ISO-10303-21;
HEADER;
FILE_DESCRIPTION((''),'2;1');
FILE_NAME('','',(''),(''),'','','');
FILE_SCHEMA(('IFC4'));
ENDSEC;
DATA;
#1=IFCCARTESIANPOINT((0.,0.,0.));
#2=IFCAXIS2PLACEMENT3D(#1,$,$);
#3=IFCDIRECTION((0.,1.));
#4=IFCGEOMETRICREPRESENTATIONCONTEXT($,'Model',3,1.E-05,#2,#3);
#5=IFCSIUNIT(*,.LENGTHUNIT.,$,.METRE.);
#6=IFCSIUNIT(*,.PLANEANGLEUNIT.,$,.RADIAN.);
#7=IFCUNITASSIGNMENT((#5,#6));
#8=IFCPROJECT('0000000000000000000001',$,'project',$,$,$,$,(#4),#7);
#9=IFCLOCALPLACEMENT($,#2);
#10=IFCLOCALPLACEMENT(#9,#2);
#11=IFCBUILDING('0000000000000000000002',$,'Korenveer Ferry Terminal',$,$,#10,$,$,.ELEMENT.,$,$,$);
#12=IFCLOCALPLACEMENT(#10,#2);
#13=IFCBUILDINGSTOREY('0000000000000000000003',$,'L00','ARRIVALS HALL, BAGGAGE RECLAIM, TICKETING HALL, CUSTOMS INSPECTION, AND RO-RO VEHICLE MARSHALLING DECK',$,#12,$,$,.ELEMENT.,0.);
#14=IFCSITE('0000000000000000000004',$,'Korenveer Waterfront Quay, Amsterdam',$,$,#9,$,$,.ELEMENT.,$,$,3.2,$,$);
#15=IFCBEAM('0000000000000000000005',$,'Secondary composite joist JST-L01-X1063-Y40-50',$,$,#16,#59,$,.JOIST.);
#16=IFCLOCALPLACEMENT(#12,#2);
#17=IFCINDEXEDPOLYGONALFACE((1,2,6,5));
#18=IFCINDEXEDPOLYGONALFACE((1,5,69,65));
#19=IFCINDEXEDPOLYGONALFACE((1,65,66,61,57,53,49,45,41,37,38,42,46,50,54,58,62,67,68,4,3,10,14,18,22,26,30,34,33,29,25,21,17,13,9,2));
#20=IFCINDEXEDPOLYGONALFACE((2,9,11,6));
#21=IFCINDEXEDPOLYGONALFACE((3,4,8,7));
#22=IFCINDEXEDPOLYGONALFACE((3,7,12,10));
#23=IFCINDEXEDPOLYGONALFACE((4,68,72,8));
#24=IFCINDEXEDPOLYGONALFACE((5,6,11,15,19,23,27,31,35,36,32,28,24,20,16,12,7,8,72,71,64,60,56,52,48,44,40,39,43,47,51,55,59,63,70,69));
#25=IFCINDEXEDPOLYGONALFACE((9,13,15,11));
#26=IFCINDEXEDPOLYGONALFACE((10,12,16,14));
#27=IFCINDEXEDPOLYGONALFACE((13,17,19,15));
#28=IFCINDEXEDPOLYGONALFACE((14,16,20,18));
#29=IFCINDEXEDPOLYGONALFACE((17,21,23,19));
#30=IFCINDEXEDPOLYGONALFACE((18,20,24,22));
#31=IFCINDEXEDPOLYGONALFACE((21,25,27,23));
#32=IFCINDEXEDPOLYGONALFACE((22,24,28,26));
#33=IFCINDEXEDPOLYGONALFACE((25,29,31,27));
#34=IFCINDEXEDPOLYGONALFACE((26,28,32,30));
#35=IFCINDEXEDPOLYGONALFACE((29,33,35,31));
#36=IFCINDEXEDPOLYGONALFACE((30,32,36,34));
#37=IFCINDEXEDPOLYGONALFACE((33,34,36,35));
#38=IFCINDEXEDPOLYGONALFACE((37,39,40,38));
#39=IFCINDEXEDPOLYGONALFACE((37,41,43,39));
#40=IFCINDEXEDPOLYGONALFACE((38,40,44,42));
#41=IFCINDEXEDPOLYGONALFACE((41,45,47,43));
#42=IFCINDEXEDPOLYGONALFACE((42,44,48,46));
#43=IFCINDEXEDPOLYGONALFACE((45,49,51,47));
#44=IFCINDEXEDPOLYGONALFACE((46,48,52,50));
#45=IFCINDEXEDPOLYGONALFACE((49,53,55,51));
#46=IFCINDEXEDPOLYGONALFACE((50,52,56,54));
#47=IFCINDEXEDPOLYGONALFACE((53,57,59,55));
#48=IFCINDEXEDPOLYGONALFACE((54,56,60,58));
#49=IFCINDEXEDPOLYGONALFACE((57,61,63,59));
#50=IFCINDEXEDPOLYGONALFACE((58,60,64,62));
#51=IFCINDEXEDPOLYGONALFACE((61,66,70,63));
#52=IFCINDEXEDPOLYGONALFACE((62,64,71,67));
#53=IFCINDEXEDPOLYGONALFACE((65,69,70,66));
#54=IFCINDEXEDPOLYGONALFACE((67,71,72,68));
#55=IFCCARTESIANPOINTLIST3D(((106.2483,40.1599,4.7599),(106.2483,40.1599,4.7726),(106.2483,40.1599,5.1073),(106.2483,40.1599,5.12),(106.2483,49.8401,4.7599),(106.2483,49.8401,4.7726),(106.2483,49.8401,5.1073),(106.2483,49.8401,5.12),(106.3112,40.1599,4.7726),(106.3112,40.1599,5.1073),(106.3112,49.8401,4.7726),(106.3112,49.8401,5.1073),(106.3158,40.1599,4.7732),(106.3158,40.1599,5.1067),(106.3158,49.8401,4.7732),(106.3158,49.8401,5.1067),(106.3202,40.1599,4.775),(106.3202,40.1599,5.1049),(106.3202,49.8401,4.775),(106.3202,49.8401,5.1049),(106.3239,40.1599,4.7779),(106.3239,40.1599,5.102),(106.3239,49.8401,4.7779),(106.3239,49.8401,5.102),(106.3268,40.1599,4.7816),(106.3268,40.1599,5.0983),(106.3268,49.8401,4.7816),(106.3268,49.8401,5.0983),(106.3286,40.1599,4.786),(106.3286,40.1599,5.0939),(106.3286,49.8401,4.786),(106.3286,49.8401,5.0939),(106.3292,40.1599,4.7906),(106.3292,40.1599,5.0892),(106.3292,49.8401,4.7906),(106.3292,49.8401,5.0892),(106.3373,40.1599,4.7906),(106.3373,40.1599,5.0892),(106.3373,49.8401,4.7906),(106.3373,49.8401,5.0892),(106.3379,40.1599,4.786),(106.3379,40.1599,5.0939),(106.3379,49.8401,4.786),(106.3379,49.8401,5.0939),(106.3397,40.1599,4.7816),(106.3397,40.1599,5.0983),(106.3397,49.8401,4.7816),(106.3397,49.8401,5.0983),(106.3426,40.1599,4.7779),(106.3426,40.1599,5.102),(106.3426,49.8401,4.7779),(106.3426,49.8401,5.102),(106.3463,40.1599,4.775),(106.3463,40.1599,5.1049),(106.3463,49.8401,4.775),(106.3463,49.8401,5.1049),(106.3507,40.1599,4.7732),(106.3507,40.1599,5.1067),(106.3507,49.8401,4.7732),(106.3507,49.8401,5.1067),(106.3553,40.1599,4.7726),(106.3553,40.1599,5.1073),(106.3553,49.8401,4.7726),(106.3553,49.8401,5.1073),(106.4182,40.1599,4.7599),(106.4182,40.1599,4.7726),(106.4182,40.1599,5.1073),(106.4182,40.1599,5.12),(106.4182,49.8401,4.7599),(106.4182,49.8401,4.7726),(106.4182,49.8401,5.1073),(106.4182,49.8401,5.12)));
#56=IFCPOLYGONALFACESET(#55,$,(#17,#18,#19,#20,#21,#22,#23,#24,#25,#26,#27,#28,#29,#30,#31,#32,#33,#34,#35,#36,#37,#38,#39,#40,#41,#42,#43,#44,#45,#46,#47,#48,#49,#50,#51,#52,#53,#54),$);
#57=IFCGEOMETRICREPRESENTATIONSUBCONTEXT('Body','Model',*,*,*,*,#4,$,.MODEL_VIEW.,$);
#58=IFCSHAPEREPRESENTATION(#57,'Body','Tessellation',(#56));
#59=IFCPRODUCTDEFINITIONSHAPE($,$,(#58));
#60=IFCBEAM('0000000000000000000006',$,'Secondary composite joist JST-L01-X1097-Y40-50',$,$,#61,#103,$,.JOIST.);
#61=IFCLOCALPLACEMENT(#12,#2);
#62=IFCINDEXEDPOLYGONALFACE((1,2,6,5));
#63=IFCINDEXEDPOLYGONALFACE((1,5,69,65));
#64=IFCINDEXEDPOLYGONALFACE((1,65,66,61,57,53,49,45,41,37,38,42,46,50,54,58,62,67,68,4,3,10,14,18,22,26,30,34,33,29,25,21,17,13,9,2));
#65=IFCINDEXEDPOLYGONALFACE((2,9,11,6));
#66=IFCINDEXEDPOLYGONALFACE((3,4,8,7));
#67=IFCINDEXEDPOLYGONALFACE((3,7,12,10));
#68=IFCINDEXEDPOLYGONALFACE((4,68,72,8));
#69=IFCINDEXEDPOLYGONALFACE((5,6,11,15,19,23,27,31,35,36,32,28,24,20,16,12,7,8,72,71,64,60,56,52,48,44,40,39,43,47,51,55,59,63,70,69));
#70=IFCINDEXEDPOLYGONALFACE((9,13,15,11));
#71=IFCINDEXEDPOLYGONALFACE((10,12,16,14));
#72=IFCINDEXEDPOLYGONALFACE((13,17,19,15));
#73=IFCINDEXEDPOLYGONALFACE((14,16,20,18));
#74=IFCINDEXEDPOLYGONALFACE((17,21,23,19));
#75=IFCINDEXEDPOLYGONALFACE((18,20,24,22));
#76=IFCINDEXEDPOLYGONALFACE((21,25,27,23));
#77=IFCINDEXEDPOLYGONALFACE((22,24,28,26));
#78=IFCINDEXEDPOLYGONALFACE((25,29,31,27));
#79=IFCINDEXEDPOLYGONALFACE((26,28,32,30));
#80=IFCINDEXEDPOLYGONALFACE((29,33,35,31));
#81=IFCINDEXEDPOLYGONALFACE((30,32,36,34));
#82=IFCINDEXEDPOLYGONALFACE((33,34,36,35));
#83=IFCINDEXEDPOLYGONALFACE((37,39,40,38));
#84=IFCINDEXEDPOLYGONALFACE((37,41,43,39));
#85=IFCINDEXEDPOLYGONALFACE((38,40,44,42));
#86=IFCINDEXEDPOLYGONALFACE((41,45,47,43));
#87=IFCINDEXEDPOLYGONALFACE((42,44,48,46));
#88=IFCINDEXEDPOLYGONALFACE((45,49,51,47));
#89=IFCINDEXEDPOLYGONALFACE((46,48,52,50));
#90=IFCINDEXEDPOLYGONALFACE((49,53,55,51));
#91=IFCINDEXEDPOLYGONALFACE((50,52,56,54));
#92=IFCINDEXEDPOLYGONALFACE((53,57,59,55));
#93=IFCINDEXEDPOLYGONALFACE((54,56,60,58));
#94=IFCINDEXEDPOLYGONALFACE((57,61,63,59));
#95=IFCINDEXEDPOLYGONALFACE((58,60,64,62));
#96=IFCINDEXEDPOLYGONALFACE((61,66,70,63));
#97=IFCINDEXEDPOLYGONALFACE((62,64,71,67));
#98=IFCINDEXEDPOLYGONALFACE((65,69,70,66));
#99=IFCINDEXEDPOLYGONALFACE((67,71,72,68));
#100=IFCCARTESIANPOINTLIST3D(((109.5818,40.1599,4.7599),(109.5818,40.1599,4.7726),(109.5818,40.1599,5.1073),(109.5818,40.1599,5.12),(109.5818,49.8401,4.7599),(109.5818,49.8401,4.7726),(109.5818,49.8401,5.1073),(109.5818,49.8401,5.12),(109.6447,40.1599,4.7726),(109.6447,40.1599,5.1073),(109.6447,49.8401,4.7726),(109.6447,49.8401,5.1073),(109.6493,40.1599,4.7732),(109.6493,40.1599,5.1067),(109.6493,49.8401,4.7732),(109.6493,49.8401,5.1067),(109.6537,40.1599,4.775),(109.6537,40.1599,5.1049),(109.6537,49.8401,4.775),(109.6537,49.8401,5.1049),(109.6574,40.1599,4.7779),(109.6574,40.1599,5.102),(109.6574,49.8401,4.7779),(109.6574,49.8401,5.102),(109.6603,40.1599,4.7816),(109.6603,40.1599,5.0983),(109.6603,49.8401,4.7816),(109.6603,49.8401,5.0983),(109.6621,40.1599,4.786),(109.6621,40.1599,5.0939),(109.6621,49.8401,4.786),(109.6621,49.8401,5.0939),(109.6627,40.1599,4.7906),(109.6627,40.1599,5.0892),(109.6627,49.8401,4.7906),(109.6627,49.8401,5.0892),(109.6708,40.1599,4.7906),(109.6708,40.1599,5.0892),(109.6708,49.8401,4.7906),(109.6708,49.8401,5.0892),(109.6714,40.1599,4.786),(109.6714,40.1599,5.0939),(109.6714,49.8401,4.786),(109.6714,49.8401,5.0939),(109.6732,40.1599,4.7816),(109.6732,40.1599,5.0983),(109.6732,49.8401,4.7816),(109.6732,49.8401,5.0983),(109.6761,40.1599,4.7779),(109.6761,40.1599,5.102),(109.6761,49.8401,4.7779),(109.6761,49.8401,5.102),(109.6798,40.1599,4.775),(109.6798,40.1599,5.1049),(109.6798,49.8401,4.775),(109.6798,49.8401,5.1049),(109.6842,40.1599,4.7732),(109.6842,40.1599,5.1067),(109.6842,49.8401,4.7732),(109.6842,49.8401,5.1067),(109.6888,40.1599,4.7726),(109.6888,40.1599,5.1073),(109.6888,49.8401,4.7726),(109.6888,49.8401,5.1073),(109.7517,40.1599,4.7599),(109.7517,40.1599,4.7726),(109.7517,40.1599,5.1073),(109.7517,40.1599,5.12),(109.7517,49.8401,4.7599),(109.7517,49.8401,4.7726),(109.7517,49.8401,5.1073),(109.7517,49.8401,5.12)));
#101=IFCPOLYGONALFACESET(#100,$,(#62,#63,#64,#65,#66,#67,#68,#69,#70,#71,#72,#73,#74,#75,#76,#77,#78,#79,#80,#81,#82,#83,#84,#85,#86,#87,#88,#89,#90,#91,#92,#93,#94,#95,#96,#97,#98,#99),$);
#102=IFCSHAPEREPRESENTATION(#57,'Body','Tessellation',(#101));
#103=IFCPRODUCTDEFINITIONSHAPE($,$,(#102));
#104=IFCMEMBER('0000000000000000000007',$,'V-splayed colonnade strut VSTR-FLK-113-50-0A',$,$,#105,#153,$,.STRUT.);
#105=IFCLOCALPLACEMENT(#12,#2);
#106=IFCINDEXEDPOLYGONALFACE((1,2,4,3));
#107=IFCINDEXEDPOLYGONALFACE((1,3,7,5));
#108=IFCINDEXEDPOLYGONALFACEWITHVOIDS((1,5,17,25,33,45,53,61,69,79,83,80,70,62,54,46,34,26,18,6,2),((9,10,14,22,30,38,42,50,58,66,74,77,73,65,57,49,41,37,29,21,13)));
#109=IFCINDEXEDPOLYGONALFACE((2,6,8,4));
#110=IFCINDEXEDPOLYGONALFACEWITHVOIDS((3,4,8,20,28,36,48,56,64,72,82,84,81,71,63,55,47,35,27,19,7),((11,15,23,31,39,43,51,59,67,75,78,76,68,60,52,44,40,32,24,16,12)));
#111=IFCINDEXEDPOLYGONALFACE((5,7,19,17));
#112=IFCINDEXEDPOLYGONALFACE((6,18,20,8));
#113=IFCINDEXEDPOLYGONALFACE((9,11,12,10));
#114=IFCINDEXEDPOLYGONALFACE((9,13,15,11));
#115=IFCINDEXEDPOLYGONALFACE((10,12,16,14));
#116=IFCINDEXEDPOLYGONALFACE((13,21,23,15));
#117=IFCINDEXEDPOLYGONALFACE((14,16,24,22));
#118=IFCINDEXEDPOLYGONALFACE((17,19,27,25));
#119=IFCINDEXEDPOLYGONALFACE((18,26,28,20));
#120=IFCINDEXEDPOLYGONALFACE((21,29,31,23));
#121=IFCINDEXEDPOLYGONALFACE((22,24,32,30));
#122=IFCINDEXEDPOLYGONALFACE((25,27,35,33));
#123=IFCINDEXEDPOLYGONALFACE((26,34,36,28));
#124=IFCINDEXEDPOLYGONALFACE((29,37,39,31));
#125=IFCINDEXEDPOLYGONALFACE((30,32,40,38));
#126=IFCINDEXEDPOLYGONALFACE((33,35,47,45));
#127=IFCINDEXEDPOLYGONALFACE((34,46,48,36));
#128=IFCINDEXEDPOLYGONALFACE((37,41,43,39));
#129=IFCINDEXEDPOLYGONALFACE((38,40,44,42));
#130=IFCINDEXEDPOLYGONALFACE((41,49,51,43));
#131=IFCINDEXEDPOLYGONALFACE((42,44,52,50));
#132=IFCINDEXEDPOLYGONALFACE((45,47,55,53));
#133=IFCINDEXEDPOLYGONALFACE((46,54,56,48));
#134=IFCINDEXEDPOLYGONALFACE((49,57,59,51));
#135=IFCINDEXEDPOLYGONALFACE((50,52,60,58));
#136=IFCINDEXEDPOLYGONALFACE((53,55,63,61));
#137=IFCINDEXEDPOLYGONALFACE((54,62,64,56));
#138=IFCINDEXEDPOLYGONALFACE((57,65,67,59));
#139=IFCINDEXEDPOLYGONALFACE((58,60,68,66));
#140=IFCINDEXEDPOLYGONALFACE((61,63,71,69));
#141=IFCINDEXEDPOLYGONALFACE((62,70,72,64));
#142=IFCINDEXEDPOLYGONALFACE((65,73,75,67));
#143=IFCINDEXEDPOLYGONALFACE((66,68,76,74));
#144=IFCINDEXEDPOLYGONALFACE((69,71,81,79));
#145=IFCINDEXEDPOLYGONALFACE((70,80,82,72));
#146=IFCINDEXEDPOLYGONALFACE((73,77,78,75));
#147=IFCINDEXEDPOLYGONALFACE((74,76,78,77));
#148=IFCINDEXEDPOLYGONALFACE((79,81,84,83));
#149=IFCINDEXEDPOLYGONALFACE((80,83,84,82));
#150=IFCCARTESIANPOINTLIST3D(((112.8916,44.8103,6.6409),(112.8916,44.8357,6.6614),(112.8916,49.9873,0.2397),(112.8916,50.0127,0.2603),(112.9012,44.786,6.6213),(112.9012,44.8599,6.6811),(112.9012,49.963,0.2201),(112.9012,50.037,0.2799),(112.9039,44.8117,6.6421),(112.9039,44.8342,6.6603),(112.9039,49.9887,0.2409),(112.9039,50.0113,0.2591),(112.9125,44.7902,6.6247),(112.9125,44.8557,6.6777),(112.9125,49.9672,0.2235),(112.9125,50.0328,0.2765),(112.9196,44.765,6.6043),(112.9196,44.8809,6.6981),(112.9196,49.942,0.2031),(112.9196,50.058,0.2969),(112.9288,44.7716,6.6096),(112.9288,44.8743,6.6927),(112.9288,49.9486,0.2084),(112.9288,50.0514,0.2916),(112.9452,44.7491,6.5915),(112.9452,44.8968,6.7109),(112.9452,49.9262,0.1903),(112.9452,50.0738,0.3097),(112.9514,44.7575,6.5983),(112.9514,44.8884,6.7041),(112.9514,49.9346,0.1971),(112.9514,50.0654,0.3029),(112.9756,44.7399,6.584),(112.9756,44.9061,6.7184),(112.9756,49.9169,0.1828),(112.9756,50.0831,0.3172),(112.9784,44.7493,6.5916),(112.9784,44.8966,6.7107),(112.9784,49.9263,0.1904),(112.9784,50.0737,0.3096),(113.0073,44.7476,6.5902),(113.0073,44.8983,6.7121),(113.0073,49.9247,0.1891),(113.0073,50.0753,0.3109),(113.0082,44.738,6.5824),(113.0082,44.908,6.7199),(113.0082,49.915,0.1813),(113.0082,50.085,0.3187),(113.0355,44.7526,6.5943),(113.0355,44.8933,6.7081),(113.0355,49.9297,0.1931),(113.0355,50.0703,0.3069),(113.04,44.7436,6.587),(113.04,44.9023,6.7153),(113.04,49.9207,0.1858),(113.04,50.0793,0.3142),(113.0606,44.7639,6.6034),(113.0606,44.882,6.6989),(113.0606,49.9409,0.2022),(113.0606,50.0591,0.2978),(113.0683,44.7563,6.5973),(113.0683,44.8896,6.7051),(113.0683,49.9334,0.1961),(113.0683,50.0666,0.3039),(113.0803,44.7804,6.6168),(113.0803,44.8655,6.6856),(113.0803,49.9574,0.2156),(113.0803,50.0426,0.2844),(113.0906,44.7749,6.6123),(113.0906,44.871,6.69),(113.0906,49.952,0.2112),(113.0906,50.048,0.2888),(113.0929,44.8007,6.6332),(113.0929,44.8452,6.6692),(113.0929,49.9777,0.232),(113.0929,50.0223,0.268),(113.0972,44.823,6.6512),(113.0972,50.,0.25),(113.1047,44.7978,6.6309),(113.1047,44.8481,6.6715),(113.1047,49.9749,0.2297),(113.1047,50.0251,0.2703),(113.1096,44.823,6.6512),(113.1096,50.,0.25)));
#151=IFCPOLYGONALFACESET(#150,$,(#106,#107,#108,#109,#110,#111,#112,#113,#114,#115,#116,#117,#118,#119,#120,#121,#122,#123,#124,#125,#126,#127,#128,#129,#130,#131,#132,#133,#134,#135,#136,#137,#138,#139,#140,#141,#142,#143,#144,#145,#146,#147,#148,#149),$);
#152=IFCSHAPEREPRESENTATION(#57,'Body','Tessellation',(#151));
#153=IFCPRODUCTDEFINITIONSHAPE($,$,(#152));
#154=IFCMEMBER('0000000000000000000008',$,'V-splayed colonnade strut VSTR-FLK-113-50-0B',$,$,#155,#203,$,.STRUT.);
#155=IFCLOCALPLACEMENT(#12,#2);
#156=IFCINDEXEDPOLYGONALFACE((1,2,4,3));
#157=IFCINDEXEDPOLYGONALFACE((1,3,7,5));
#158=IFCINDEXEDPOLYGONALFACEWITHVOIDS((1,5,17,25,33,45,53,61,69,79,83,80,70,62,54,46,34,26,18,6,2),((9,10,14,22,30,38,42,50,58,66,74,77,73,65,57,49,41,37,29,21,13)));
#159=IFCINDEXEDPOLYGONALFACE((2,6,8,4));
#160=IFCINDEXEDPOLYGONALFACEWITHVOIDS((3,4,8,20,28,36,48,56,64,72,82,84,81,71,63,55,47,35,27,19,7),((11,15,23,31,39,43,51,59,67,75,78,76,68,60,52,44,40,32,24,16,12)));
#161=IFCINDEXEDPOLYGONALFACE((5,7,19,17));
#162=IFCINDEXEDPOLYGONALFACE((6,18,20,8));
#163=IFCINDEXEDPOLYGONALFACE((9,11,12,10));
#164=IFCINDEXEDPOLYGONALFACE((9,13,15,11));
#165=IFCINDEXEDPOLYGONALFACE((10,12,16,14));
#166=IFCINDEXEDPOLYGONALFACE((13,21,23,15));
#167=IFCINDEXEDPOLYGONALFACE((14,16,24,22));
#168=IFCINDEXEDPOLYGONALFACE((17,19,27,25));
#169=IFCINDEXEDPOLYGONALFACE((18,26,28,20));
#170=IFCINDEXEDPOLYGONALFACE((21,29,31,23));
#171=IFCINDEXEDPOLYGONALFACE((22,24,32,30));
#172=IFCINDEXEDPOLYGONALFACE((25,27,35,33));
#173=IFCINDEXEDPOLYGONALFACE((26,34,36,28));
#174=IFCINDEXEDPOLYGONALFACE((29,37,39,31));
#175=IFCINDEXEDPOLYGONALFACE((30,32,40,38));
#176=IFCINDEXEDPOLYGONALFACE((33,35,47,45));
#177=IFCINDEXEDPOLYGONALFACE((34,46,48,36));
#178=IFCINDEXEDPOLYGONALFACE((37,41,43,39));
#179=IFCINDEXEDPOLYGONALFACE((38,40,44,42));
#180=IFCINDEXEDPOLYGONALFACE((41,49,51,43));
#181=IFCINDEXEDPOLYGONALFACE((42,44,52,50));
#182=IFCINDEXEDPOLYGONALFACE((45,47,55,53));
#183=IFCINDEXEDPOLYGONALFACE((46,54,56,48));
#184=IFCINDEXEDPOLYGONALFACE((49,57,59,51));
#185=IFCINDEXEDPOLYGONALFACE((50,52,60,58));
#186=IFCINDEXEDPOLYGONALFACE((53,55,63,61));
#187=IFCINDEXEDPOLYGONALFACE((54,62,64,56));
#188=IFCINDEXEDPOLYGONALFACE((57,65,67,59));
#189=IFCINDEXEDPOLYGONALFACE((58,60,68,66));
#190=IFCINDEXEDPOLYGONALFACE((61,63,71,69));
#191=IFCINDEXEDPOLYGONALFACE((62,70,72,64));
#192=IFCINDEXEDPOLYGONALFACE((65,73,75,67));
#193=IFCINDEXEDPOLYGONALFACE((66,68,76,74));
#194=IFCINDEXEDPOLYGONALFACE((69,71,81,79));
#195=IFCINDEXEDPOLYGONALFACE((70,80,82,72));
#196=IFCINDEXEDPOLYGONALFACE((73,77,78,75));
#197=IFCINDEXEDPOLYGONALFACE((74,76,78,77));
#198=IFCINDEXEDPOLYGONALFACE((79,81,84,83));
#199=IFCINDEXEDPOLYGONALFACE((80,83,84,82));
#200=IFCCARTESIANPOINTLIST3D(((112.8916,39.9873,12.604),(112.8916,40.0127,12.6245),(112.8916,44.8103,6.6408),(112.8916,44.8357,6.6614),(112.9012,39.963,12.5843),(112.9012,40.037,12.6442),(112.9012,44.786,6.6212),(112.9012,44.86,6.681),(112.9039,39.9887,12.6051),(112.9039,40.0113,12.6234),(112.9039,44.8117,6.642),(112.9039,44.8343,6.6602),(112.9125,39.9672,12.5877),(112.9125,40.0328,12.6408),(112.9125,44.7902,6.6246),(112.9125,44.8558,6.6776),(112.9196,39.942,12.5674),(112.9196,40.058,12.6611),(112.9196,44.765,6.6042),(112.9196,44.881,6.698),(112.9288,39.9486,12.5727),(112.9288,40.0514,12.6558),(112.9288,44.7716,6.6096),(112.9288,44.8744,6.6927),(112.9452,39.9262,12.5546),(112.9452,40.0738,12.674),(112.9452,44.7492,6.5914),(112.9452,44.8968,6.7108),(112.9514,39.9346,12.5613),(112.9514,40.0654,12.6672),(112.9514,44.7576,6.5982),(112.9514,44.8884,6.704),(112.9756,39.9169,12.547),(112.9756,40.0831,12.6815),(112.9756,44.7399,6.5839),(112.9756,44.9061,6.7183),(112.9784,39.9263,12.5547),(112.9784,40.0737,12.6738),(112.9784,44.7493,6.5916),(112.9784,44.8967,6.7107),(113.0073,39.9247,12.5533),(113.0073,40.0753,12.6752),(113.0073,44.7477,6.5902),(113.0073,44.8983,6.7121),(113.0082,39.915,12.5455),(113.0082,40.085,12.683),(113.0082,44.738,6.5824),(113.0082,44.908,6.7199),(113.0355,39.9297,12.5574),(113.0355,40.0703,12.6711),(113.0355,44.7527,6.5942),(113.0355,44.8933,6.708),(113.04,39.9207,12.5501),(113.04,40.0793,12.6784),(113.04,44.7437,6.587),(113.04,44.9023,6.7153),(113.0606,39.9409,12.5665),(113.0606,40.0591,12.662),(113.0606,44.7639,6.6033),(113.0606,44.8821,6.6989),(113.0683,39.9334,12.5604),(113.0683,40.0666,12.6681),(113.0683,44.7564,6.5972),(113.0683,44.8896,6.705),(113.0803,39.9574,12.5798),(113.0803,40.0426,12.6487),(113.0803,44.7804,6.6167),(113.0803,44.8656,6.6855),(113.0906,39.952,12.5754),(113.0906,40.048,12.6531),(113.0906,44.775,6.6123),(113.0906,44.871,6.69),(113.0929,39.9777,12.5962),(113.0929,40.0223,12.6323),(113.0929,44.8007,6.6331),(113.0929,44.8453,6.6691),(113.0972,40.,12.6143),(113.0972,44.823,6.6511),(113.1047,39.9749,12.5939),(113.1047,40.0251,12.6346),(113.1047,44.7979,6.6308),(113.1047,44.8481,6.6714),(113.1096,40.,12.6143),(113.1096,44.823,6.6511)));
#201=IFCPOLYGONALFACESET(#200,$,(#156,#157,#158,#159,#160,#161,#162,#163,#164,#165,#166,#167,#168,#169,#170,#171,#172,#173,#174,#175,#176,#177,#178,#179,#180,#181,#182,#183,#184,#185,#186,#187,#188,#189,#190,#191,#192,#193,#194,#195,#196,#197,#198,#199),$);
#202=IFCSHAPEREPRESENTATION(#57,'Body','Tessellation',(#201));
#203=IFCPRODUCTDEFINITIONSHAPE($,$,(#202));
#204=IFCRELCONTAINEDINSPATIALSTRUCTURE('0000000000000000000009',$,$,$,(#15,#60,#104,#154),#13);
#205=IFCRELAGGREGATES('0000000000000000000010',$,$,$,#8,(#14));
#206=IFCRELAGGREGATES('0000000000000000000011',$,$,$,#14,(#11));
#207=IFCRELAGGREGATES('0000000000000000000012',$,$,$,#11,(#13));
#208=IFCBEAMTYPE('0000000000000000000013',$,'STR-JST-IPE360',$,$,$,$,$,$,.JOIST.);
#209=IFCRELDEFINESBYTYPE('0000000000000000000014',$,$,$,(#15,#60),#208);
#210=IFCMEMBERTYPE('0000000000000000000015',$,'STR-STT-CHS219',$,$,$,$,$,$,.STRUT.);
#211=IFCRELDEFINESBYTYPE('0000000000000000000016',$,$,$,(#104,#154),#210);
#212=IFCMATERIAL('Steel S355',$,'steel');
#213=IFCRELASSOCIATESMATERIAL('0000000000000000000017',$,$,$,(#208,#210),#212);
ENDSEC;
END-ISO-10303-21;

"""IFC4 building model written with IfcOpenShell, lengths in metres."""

from ifc_helpers import new_model, si_unit, direction, frame, origin, origin_2d, place, context, subcontext, project, spatial, hollow_circle, i_section, extrude, material, material_profile, profile_set, type_object, element, save


model = new_model("IFC4")

# Units and contexts
model_context = context("Model", 3, precision=1e-05, world=origin(), true_north=direction((0.0, 1.0)))
body_context = subcontext(model_context, "Body", "Model", "MODEL_VIEW")
ifc_project = project(units=[si_unit("LENGTHUNIT", "METRE"), si_unit("PLANEANGLEUNIT", "RADIAN")], contexts=[model_context])

# Site, building, storey
site_placement = place(None, origin())
site = spatial("IfcSite", under=ifc_project, at=site_placement, Name="Korenveer Waterfront Quay, Amsterdam", CompositionType="ELEMENT", RefElevation=3.2)
building_placement = place(site_placement, origin())
building = spatial("IfcBuilding", under=site, at=building_placement, Name="Korenveer Ferry Terminal", CompositionType="ELEMENT")
storey_placement = place(building_placement, origin())
storey = spatial("IfcBuildingStorey", under=building, at=storey_placement, Name="L00", Description="ARRIVALS HALL, BAGGAGE RECLAIM, TICKETING HALL, CUSTOMS INSPECTION, AND RO-RO VEHICLE MARSHALLING DECK", CompositionType="ELEMENT", Elevation=0.0)

# Shared definitions
ifc_material_1 = material(Name="Steel S355", Category="steel")

# Beams
ifc_material_profile_1 = material_profile(ifc_material_1, i_section(OverallWidth=0.1699, OverallDepth=0.3601, WebThickness=0.0081, FlangeThickness=0.0127, FilletRadius=0.0181, at=origin_2d()), Name="IPE 360")
ifc_profile_set_1 = profile_set([ifc_material_profile_1], Name="Steel S355")
beam_type_1 = type_object("IfcBeamType", Name="STR-JST-IPE360", PredefinedType="JOIST", material=ifc_profile_set_1)
for number, where, z_axis, x_axis, name in (
    (1, (106.3333, 40.1599, 4.9399), (0.0, 1.0, 0.0), (-1.0, 0.0, 0.0), "Secondary composite joist JST-L01-X1063-Y40-50"),
    (2, (109.6667, 40.1599, 4.9399), (0.0, 1.0, 0.0), (-1.0, 0.0, 0.0), "Secondary composite joist JST-L01-X1097-Y40-50"),
):
    element("IfcBeam", number, at=place(storey_placement, frame(where, z_axis=z_axis, x_axis=x_axis)), inside=storey, type_object=beam_type_1, Name=name, PredefinedType="JOIST", context=body_context, shape_type="SweptSolid", body=[
        extrude(i_section(OverallWidth=0.1699, OverallDepth=0.3601, WebThickness=0.0081, FlangeThickness=0.0127, FilletRadius=0.0181, at=origin_2d()), origin(), (0.0, 0.0, 1.0), 9.6802),
    ])

# Members
ifc_material_profile_2 = material_profile(ifc_material_1, hollow_circle(Radius=0.1096, WallThickness=0.0125, at=origin_2d()), Name="CHS 219.1x12.5")
ifc_profile_set_2 = profile_set([ifc_material_profile_2], Name="Steel S355")
member_type = type_object("IfcMemberType", Name="STR-STT-CHS219", PredefinedType="STRUT", material=ifc_profile_set_2)
member_1_placement = place(storey_placement, frame((113.0, 50.0, 0.25), z_axis=(0.0, -0.628842, 0.777533), x_axis=(1.0, 0.0, 0.0)))
element("IfcMember", 3, at=member_1_placement, inside=storey, type_object=member_type, Name="V-splayed colonnade strut VSTR-FLK-113-50-0A", PredefinedType="STRUT", context=body_context, shape_type="SweptSolid", body=[
    extrude(hollow_circle(Radius=0.1096, WallThickness=0.0125, at=origin_2d()), origin(), (0.0, 0.0, 1.0), 8.2327),
])
member_2_placement = place(storey_placement, frame((113.0, 44.823, 6.6511), z_axis=(0.0, -0.628859, 0.777519), x_axis=(1.0, 0.0, 0.0)))
element("IfcMember", 4, at=member_2_placement, inside=storey, type_object=member_type, Name="V-splayed colonnade strut VSTR-FLK-113-50-0B", PredefinedType="STRUT", context=body_context, shape_type="SweptSolid", body=[
    extrude(hollow_circle(Radius=0.1096, WallThickness=0.0125, at=origin_2d()), origin(), (0.0, 0.0, 1.0), 7.6694),
])

save(model, "model.ifc")
